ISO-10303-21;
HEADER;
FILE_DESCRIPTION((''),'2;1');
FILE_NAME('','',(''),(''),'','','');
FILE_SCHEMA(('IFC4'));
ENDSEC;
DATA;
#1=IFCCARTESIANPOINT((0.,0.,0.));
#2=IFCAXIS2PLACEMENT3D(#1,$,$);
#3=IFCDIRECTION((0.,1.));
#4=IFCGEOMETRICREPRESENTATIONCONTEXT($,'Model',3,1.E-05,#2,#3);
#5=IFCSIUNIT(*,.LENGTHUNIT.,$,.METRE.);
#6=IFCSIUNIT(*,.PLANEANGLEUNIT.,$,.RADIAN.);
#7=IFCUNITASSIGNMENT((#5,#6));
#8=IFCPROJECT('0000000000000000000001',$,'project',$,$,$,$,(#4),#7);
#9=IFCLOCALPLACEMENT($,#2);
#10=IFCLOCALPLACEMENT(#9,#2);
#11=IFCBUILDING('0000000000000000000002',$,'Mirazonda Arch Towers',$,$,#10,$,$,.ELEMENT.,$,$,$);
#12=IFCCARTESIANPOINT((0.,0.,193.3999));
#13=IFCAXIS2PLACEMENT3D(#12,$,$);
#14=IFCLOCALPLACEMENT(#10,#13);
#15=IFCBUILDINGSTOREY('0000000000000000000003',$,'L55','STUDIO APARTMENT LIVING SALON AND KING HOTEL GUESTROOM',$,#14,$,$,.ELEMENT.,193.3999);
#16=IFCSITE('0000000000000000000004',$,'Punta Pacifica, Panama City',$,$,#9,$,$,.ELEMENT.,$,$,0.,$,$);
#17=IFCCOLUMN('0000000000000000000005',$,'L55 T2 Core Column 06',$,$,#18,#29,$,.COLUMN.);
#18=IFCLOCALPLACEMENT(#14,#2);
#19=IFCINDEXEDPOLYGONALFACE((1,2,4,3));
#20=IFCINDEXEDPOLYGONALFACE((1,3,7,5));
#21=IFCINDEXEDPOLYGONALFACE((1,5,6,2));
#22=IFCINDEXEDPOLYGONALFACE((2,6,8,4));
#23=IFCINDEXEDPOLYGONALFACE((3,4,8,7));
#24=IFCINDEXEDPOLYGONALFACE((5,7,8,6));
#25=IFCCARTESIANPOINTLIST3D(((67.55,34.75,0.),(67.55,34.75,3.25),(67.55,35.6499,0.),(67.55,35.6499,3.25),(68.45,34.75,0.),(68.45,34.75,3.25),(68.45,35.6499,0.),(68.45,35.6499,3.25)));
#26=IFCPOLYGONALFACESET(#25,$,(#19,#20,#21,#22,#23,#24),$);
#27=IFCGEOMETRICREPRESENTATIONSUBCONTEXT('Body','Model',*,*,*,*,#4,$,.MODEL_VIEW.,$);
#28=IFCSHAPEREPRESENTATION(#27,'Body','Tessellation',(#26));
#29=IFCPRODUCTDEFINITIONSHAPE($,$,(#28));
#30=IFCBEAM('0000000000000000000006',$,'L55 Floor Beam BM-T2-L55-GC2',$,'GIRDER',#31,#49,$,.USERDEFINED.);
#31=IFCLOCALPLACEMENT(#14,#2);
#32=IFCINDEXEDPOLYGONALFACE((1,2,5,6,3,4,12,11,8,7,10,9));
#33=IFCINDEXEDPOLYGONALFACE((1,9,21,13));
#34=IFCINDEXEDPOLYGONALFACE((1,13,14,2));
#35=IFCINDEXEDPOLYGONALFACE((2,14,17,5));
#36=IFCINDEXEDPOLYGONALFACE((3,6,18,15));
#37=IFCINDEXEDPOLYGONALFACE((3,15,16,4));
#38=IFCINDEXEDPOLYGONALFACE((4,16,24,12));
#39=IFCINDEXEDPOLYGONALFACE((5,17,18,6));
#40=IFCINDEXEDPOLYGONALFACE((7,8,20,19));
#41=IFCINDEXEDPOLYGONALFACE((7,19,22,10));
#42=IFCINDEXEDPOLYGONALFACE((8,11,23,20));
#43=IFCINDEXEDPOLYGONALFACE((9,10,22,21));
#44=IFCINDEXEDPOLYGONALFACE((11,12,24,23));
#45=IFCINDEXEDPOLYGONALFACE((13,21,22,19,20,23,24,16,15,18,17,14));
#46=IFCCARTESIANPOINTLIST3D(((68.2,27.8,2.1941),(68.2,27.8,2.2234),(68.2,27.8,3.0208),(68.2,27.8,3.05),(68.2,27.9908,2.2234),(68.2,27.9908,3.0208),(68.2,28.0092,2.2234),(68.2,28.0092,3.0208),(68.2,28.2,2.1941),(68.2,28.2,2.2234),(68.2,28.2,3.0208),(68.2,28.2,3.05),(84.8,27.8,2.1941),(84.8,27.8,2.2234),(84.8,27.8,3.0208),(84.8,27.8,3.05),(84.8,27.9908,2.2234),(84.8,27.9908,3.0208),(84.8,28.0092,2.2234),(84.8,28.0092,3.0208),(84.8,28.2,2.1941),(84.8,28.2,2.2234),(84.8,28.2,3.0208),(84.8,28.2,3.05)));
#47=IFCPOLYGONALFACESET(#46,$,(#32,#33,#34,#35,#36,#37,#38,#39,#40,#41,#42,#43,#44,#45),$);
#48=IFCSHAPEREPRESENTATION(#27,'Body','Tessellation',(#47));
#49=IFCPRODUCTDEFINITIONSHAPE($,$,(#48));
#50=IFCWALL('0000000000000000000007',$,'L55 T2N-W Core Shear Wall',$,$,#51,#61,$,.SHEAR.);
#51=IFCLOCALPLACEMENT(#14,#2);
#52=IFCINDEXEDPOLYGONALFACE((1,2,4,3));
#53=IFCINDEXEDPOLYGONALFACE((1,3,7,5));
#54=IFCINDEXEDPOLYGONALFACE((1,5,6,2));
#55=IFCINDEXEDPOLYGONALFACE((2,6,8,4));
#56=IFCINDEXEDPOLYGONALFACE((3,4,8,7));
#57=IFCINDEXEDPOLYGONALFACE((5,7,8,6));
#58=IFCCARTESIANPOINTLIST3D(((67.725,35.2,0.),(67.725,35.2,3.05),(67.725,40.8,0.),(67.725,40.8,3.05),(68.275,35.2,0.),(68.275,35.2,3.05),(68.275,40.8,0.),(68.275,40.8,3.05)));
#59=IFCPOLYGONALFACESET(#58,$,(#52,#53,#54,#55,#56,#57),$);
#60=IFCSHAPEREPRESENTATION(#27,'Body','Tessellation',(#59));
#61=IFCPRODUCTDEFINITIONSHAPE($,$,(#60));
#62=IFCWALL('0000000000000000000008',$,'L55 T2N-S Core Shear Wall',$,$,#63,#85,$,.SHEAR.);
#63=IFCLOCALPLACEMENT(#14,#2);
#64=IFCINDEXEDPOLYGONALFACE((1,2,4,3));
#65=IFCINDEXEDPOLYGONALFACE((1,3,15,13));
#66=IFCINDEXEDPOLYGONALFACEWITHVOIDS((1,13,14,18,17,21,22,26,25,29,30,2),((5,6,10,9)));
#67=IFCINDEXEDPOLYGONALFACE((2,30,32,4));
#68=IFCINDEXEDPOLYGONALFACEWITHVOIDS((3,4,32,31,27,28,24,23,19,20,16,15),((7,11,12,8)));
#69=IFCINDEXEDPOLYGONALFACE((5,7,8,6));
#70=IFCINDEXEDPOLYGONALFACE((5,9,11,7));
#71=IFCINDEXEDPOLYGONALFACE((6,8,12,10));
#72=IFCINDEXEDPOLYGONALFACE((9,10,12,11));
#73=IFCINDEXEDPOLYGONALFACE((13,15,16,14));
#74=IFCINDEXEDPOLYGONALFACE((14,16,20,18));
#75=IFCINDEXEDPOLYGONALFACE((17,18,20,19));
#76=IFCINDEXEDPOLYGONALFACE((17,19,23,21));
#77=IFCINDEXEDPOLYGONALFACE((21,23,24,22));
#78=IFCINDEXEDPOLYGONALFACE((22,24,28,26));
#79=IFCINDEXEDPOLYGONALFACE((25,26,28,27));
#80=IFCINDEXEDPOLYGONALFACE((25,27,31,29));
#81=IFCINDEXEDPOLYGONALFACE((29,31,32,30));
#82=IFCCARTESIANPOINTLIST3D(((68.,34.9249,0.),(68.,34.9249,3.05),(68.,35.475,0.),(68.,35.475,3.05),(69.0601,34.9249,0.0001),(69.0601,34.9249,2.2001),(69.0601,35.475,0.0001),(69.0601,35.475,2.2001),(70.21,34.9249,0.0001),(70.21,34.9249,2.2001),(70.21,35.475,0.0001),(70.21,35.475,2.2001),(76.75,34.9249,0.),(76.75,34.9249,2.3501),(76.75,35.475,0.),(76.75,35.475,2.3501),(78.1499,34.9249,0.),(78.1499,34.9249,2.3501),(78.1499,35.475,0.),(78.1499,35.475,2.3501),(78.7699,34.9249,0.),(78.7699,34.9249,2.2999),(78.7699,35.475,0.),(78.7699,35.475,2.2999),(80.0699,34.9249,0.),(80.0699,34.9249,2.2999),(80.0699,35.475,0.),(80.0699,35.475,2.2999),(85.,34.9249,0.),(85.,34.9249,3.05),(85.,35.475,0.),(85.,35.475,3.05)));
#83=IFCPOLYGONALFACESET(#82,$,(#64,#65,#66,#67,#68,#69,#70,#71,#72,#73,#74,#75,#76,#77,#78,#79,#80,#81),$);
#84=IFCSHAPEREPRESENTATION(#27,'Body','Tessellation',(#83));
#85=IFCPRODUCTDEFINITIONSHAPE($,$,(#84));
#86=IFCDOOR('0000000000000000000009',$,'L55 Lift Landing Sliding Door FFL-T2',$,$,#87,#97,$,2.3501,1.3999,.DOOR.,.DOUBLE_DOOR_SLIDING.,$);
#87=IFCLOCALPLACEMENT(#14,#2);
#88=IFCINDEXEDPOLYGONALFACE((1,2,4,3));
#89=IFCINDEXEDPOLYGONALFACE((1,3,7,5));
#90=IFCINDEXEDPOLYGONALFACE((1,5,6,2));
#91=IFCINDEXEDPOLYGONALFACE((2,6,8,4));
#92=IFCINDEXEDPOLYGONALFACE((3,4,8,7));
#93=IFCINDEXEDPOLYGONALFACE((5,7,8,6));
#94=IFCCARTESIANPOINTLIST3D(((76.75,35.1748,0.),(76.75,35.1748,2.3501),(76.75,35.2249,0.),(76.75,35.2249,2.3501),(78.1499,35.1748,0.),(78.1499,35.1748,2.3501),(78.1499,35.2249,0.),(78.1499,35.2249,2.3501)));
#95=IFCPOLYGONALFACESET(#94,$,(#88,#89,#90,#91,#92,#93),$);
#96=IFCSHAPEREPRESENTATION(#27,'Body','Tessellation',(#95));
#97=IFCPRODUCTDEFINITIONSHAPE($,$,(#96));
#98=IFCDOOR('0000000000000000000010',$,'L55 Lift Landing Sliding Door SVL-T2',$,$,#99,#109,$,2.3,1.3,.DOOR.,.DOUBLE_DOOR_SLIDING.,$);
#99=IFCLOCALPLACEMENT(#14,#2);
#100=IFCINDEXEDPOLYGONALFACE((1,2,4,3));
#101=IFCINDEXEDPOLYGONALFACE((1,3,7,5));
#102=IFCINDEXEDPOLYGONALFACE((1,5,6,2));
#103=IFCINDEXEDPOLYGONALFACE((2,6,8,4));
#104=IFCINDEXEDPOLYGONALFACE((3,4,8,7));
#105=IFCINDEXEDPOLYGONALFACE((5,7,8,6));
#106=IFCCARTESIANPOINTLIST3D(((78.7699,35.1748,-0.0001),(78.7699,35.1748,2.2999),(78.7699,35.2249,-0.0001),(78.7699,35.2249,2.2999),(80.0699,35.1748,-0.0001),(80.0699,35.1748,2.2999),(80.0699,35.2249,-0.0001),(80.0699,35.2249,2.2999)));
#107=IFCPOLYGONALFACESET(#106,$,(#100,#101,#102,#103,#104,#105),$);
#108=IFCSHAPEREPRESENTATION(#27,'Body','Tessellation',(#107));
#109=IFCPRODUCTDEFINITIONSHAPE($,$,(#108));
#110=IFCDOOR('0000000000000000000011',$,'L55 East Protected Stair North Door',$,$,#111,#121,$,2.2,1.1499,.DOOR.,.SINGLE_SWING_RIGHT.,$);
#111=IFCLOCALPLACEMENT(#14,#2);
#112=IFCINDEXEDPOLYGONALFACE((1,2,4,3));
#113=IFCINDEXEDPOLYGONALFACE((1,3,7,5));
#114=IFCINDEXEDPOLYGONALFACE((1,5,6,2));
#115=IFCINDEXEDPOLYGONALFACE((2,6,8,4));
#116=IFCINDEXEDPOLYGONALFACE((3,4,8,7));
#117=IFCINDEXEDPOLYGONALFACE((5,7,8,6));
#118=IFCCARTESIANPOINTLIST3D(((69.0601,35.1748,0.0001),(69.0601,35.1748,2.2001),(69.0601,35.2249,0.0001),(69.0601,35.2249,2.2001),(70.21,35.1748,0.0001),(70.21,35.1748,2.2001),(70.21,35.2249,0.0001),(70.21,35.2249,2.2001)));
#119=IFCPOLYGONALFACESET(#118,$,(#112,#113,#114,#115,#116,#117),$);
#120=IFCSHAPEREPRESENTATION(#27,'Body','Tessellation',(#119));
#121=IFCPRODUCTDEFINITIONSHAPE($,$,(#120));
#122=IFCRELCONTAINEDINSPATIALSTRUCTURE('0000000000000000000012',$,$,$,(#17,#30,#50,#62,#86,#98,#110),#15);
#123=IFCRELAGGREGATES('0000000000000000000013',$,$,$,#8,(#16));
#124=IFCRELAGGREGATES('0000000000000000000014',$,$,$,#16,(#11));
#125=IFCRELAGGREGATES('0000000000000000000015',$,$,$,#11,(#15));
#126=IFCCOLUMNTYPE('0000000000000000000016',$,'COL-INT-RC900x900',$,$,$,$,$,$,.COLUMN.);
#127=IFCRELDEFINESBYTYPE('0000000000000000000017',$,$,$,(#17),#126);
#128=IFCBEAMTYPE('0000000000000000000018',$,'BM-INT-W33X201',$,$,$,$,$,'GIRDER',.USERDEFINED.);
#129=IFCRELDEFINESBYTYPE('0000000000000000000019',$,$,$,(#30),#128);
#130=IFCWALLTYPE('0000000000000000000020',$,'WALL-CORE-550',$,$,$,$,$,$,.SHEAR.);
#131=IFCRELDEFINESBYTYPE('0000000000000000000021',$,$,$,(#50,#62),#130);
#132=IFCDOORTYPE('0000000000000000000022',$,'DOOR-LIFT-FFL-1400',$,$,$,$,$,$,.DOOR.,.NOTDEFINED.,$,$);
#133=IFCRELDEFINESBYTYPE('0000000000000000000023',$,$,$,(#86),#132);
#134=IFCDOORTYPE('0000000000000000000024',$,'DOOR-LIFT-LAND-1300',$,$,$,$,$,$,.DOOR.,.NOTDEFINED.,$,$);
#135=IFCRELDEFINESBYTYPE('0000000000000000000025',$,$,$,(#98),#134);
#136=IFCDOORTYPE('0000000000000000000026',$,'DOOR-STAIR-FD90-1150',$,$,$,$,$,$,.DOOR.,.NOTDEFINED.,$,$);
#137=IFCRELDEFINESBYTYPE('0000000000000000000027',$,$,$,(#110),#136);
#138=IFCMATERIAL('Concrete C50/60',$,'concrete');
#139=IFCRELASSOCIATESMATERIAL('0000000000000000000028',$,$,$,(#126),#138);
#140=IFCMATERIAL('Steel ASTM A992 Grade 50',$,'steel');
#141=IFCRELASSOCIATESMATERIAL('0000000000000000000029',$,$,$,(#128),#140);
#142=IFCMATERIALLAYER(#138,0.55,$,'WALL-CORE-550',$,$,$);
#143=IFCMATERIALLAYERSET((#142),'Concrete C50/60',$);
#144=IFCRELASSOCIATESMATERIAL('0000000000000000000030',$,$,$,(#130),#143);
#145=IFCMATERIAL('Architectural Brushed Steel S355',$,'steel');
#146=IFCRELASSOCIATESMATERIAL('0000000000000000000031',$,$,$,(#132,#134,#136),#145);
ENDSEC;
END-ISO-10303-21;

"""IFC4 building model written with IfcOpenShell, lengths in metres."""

from ifc_helpers import new_model, si_unit, direction, frame, frame_2d, origin, origin_2d, place, context, subcontext, project, spatial, rectangle, i_section, extrude, material, layer, layer_set, material_profile, profile_set, type_object, element, fill, save


model = new_model("IFC4")

# Units and contexts
model_context = context("Model", 3, precision=1e-05, world=origin(), true_north=direction((0.0, 1.0)))
body_context = subcontext(model_context, "Body", "Model", "MODEL_VIEW")
ifc_project = project(units=[si_unit("LENGTHUNIT", "METRE"), si_unit("PLANEANGLEUNIT", "RADIAN")], contexts=[model_context])

# Site, building, storey
site_placement = place(None, origin())
site = spatial("IfcSite", under=ifc_project, at=site_placement, Name="Punta Pacifica, Panama City", CompositionType="ELEMENT", RefElevation=0.0)
building_placement = place(site_placement, origin())
building = spatial("IfcBuilding", under=site, at=building_placement, Name="Mirazonda Arch Towers", CompositionType="ELEMENT")
storey_placement = place(building_placement, frame((0.0, 0.0, 193.3999)))
storey = spatial("IfcBuildingStorey", under=building, at=storey_placement, Name="L55", Description="STUDIO APARTMENT LIVING SALON AND KING HOTEL GUESTROOM", CompositionType="ELEMENT", Elevation=193.3999)

# Column
ifc_material_1 = material(Name="Concrete C50/60", Category="concrete")
ifc_material_profile_1 = material_profile(ifc_material_1, rectangle(XDim=0.8999, YDim=0.8999, at=origin_2d()), Name="RC900x900")
ifc_profile_set_1 = profile_set([ifc_material_profile_1], Name="Concrete C50/60")
column_type = type_object("IfcColumnType", Name="COL-INT-RC900x900", PredefinedType="COLUMN", material=ifc_profile_set_1)
column_placement = place(storey_placement, frame((68.0, 35.2, 0.0), z_axis=(0.0, 0.0, 1.0), x_axis=(1.0, 0.0, 0.0)))
element("IfcColumn", 1, at=column_placement, inside=storey, type_object=column_type, Name="L55 T2 Core Column 06", PredefinedType="COLUMN", context=body_context, shape_type="SweptSolid", body=[
    extrude(rectangle(XDim=0.8999, YDim=0.8999, at=origin_2d()), origin(), (0.0, 0.0, 1.0), 3.25),
])

# Beam
ifc_material_2 = material(Name="Steel ASTM A992 Grade 50", Category="steel")
ifc_material_profile_2 = material_profile(ifc_material_2, i_section(OverallWidth=0.3999, OverallDepth=0.856, WebThickness=0.0183, FlangeThickness=0.0293, at=origin_2d()), Name="W33X201")
ifc_profile_set_2 = profile_set([ifc_material_profile_2], Name="Steel ASTM A992 Grade 50")
beam_type = type_object("IfcBeamType", Name="BM-INT-W33X201", ElementType="GIRDER", PredefinedType="USERDEFINED", material=ifc_profile_set_2)
beam_placement = place(storey_placement, frame((68.2, 28.0, 2.6221), z_axis=(1.0, 0.0, 0.0), x_axis=(0.0, 1.0, 0.0)))
element("IfcBeam", 2, at=beam_placement, inside=storey, type_object=beam_type, Name="L55 Floor Beam BM-T2-L55-GC2", ObjectType="GIRDER", PredefinedType="USERDEFINED", context=body_context, shape_type="SweptSolid", body=[
    extrude(i_section(OverallWidth=0.3999, OverallDepth=0.856, WebThickness=0.0183, FlangeThickness=0.0293, at=origin_2d()), origin(), (0.0, 0.0, 1.0), 16.6001),
])

# Wall
ifc_layer_1 = layer(ifc_material_1, 0.55, Name="WALL-CORE-550")
ifc_layer_set_1 = layer_set([ifc_layer_1], Name="Concrete C50/60")
wall_type_1 = type_object("IfcWallType", Name="WALL-CORE-550", PredefinedType="SHEAR", material=ifc_layer_set_1)
wall_1_placement = place(storey_placement, frame((68.0, 35.2, 0.0), z_axis=(0.0, 0.0, 1.0), x_axis=(0.0, 1.0, 0.0)))
element("IfcWall", 3, at=wall_1_placement, inside=storey, type_object=wall_type_1, Name="L55 T2N-W Core Shear Wall", PredefinedType="SHEAR", context=body_context, shape_type="SweptSolid", body=[
    extrude(rectangle(XDim=5.6001, YDim=0.55, at=frame_2d((2.8, 0.0))), origin(), (0.0, 0.0, 1.0), 3.05),
])

# Wall, openings, doors
wall_2_placement = place(storey_placement, frame((68.0, 35.2, 0.0), z_axis=(0.0, 0.0, 1.0), x_axis=(1.0, 0.0, 0.0)))
wall_2 = element("IfcWall", 4, at=wall_2_placement, inside=storey, type_object=wall_type_1, Name="L55 T2N-S Core Shear Wall", PredefinedType="SHEAR", context=body_context, shape_type="SweptSolid", body=[
    extrude(rectangle(XDim=17.0, YDim=0.55, at=frame_2d((8.5, 0.0))), origin(), (0.0, 0.0, 1.0), 3.05),
])
opening_1_placement = place(wall_2_placement, frame((1.0601, 0.0, 0.0)))
opening_1 = element("IfcOpeningElement", 5, at=opening_1_placement, cuts=wall_2, PredefinedType="OPENING", context=body_context, shape_type="SweptSolid", body=[
    extrude(rectangle(XDim=1.1499, YDim=2.2, at=frame_2d((0.575, 1.1001))), frame((0.0, 0.2849, 0.0), z_axis=(0.0, -1.0, 0.0), x_axis=(1.0, 0.0, 0.0)), (0.0, 0.0, 1.0), 0.5701),
])
opening_2_placement = place(wall_2_placement, frame((8.75, 0.0, 0.0)))
opening_2 = element("IfcOpeningElement", 6, at=opening_2_placement, cuts=wall_2, PredefinedType="OPENING", context=body_context, shape_type="SweptSolid", body=[
    extrude(rectangle(XDim=1.3999, YDim=2.3501, at=frame_2d((0.7, 1.175))), frame((0.0, 0.2849, 0.0), z_axis=(0.0, -1.0, 0.0), x_axis=(1.0, 0.0, 0.0)), (0.0, 0.0, 1.0), 0.5701),
])
opening_3_placement = place(wall_2_placement, frame((10.77, 0.0, 0.0)))
opening_3 = element("IfcOpeningElement", 7, at=opening_3_placement, cuts=wall_2, PredefinedType="OPENING", context=body_context, shape_type="SweptSolid", body=[
    extrude(rectangle(XDim=1.3, YDim=2.3, at=frame_2d((0.6499, 1.1499))), frame((0.0, 0.2849, 0.0), z_axis=(0.0, -1.0, 0.0), x_axis=(1.0, 0.0, 0.0)), (0.0, 0.0, 1.0), 0.5701),
])
ifc_material_3 = material(Name="Architectural Brushed Steel S355", Category="steel")
door_type_1 = type_object("IfcDoorType", Name="DOOR-LIFT-FFL-1400", OperationType="NOTDEFINED", PredefinedType="DOOR", material=ifc_material_3)
door_1_placement = place(opening_2_placement, origin())
door_1 = element("IfcDoor", 8, at=door_1_placement, inside=storey, type_object=door_type_1, Name="L55 Lift Landing Sliding Door FFL-T2", OperationType="DOUBLE_DOOR_SLIDING", OverallHeight=2.3501, OverallWidth=1.3999, PredefinedType="DOOR", context=body_context, shape_type="SweptSolid", body=[
    extrude(rectangle(XDim=1.3999, YDim=2.3501, at=frame_2d((0.7, 1.175))), frame((0.0, 0.0249, 0.0), z_axis=(0.0, -1.0, 0.0), x_axis=(1.0, 0.0, 0.0)), (0.0, 0.0, 1.0), 0.05),
])
fill(opening_2, door_1)
door_type_2 = type_object("IfcDoorType", Name="DOOR-LIFT-LAND-1300", OperationType="NOTDEFINED", PredefinedType="DOOR", material=ifc_material_3)
door_2_placement = place(opening_3_placement, origin())
door_2 = element("IfcDoor", 9, at=door_2_placement, inside=storey, type_object=door_type_2, Name="L55 Lift Landing Sliding Door SVL-T2", OperationType="DOUBLE_DOOR_SLIDING", OverallHeight=2.3, OverallWidth=1.3, PredefinedType="DOOR", context=body_context, shape_type="SweptSolid", body=[
    extrude(rectangle(XDim=1.3, YDim=2.3, at=frame_2d((0.6499, 1.1499))), frame((0.0, 0.0249, 0.0), z_axis=(0.0, -1.0, 0.0), x_axis=(1.0, 0.0, 0.0)), (0.0, 0.0, 1.0), 0.05),
])
fill(opening_3, door_2)
door_type_3 = type_object("IfcDoorType", Name="DOOR-STAIR-FD90-1150", OperationType="NOTDEFINED", PredefinedType="DOOR", material=ifc_material_3)
door_3_placement = place(opening_1_placement, origin())
door_3 = element("IfcDoor", 10, at=door_3_placement, inside=storey, type_object=door_type_3, Name="L55 East Protected Stair North Door", OperationType="SINGLE_SWING_RIGHT", OverallHeight=2.2, OverallWidth=1.1499, PredefinedType="DOOR", context=body_context, shape_type="SweptSolid", body=[
    extrude(rectangle(XDim=1.1499, YDim=2.2, at=frame_2d((0.575, 1.1001))), frame((0.0, 0.0249, 0.0), z_axis=(0.0, -1.0, 0.0), x_axis=(1.0, 0.0, 0.0)), (0.0, 0.0, 1.0), 0.05),
])
fill(opening_1, door_3)

save(model, "model.ifc")
